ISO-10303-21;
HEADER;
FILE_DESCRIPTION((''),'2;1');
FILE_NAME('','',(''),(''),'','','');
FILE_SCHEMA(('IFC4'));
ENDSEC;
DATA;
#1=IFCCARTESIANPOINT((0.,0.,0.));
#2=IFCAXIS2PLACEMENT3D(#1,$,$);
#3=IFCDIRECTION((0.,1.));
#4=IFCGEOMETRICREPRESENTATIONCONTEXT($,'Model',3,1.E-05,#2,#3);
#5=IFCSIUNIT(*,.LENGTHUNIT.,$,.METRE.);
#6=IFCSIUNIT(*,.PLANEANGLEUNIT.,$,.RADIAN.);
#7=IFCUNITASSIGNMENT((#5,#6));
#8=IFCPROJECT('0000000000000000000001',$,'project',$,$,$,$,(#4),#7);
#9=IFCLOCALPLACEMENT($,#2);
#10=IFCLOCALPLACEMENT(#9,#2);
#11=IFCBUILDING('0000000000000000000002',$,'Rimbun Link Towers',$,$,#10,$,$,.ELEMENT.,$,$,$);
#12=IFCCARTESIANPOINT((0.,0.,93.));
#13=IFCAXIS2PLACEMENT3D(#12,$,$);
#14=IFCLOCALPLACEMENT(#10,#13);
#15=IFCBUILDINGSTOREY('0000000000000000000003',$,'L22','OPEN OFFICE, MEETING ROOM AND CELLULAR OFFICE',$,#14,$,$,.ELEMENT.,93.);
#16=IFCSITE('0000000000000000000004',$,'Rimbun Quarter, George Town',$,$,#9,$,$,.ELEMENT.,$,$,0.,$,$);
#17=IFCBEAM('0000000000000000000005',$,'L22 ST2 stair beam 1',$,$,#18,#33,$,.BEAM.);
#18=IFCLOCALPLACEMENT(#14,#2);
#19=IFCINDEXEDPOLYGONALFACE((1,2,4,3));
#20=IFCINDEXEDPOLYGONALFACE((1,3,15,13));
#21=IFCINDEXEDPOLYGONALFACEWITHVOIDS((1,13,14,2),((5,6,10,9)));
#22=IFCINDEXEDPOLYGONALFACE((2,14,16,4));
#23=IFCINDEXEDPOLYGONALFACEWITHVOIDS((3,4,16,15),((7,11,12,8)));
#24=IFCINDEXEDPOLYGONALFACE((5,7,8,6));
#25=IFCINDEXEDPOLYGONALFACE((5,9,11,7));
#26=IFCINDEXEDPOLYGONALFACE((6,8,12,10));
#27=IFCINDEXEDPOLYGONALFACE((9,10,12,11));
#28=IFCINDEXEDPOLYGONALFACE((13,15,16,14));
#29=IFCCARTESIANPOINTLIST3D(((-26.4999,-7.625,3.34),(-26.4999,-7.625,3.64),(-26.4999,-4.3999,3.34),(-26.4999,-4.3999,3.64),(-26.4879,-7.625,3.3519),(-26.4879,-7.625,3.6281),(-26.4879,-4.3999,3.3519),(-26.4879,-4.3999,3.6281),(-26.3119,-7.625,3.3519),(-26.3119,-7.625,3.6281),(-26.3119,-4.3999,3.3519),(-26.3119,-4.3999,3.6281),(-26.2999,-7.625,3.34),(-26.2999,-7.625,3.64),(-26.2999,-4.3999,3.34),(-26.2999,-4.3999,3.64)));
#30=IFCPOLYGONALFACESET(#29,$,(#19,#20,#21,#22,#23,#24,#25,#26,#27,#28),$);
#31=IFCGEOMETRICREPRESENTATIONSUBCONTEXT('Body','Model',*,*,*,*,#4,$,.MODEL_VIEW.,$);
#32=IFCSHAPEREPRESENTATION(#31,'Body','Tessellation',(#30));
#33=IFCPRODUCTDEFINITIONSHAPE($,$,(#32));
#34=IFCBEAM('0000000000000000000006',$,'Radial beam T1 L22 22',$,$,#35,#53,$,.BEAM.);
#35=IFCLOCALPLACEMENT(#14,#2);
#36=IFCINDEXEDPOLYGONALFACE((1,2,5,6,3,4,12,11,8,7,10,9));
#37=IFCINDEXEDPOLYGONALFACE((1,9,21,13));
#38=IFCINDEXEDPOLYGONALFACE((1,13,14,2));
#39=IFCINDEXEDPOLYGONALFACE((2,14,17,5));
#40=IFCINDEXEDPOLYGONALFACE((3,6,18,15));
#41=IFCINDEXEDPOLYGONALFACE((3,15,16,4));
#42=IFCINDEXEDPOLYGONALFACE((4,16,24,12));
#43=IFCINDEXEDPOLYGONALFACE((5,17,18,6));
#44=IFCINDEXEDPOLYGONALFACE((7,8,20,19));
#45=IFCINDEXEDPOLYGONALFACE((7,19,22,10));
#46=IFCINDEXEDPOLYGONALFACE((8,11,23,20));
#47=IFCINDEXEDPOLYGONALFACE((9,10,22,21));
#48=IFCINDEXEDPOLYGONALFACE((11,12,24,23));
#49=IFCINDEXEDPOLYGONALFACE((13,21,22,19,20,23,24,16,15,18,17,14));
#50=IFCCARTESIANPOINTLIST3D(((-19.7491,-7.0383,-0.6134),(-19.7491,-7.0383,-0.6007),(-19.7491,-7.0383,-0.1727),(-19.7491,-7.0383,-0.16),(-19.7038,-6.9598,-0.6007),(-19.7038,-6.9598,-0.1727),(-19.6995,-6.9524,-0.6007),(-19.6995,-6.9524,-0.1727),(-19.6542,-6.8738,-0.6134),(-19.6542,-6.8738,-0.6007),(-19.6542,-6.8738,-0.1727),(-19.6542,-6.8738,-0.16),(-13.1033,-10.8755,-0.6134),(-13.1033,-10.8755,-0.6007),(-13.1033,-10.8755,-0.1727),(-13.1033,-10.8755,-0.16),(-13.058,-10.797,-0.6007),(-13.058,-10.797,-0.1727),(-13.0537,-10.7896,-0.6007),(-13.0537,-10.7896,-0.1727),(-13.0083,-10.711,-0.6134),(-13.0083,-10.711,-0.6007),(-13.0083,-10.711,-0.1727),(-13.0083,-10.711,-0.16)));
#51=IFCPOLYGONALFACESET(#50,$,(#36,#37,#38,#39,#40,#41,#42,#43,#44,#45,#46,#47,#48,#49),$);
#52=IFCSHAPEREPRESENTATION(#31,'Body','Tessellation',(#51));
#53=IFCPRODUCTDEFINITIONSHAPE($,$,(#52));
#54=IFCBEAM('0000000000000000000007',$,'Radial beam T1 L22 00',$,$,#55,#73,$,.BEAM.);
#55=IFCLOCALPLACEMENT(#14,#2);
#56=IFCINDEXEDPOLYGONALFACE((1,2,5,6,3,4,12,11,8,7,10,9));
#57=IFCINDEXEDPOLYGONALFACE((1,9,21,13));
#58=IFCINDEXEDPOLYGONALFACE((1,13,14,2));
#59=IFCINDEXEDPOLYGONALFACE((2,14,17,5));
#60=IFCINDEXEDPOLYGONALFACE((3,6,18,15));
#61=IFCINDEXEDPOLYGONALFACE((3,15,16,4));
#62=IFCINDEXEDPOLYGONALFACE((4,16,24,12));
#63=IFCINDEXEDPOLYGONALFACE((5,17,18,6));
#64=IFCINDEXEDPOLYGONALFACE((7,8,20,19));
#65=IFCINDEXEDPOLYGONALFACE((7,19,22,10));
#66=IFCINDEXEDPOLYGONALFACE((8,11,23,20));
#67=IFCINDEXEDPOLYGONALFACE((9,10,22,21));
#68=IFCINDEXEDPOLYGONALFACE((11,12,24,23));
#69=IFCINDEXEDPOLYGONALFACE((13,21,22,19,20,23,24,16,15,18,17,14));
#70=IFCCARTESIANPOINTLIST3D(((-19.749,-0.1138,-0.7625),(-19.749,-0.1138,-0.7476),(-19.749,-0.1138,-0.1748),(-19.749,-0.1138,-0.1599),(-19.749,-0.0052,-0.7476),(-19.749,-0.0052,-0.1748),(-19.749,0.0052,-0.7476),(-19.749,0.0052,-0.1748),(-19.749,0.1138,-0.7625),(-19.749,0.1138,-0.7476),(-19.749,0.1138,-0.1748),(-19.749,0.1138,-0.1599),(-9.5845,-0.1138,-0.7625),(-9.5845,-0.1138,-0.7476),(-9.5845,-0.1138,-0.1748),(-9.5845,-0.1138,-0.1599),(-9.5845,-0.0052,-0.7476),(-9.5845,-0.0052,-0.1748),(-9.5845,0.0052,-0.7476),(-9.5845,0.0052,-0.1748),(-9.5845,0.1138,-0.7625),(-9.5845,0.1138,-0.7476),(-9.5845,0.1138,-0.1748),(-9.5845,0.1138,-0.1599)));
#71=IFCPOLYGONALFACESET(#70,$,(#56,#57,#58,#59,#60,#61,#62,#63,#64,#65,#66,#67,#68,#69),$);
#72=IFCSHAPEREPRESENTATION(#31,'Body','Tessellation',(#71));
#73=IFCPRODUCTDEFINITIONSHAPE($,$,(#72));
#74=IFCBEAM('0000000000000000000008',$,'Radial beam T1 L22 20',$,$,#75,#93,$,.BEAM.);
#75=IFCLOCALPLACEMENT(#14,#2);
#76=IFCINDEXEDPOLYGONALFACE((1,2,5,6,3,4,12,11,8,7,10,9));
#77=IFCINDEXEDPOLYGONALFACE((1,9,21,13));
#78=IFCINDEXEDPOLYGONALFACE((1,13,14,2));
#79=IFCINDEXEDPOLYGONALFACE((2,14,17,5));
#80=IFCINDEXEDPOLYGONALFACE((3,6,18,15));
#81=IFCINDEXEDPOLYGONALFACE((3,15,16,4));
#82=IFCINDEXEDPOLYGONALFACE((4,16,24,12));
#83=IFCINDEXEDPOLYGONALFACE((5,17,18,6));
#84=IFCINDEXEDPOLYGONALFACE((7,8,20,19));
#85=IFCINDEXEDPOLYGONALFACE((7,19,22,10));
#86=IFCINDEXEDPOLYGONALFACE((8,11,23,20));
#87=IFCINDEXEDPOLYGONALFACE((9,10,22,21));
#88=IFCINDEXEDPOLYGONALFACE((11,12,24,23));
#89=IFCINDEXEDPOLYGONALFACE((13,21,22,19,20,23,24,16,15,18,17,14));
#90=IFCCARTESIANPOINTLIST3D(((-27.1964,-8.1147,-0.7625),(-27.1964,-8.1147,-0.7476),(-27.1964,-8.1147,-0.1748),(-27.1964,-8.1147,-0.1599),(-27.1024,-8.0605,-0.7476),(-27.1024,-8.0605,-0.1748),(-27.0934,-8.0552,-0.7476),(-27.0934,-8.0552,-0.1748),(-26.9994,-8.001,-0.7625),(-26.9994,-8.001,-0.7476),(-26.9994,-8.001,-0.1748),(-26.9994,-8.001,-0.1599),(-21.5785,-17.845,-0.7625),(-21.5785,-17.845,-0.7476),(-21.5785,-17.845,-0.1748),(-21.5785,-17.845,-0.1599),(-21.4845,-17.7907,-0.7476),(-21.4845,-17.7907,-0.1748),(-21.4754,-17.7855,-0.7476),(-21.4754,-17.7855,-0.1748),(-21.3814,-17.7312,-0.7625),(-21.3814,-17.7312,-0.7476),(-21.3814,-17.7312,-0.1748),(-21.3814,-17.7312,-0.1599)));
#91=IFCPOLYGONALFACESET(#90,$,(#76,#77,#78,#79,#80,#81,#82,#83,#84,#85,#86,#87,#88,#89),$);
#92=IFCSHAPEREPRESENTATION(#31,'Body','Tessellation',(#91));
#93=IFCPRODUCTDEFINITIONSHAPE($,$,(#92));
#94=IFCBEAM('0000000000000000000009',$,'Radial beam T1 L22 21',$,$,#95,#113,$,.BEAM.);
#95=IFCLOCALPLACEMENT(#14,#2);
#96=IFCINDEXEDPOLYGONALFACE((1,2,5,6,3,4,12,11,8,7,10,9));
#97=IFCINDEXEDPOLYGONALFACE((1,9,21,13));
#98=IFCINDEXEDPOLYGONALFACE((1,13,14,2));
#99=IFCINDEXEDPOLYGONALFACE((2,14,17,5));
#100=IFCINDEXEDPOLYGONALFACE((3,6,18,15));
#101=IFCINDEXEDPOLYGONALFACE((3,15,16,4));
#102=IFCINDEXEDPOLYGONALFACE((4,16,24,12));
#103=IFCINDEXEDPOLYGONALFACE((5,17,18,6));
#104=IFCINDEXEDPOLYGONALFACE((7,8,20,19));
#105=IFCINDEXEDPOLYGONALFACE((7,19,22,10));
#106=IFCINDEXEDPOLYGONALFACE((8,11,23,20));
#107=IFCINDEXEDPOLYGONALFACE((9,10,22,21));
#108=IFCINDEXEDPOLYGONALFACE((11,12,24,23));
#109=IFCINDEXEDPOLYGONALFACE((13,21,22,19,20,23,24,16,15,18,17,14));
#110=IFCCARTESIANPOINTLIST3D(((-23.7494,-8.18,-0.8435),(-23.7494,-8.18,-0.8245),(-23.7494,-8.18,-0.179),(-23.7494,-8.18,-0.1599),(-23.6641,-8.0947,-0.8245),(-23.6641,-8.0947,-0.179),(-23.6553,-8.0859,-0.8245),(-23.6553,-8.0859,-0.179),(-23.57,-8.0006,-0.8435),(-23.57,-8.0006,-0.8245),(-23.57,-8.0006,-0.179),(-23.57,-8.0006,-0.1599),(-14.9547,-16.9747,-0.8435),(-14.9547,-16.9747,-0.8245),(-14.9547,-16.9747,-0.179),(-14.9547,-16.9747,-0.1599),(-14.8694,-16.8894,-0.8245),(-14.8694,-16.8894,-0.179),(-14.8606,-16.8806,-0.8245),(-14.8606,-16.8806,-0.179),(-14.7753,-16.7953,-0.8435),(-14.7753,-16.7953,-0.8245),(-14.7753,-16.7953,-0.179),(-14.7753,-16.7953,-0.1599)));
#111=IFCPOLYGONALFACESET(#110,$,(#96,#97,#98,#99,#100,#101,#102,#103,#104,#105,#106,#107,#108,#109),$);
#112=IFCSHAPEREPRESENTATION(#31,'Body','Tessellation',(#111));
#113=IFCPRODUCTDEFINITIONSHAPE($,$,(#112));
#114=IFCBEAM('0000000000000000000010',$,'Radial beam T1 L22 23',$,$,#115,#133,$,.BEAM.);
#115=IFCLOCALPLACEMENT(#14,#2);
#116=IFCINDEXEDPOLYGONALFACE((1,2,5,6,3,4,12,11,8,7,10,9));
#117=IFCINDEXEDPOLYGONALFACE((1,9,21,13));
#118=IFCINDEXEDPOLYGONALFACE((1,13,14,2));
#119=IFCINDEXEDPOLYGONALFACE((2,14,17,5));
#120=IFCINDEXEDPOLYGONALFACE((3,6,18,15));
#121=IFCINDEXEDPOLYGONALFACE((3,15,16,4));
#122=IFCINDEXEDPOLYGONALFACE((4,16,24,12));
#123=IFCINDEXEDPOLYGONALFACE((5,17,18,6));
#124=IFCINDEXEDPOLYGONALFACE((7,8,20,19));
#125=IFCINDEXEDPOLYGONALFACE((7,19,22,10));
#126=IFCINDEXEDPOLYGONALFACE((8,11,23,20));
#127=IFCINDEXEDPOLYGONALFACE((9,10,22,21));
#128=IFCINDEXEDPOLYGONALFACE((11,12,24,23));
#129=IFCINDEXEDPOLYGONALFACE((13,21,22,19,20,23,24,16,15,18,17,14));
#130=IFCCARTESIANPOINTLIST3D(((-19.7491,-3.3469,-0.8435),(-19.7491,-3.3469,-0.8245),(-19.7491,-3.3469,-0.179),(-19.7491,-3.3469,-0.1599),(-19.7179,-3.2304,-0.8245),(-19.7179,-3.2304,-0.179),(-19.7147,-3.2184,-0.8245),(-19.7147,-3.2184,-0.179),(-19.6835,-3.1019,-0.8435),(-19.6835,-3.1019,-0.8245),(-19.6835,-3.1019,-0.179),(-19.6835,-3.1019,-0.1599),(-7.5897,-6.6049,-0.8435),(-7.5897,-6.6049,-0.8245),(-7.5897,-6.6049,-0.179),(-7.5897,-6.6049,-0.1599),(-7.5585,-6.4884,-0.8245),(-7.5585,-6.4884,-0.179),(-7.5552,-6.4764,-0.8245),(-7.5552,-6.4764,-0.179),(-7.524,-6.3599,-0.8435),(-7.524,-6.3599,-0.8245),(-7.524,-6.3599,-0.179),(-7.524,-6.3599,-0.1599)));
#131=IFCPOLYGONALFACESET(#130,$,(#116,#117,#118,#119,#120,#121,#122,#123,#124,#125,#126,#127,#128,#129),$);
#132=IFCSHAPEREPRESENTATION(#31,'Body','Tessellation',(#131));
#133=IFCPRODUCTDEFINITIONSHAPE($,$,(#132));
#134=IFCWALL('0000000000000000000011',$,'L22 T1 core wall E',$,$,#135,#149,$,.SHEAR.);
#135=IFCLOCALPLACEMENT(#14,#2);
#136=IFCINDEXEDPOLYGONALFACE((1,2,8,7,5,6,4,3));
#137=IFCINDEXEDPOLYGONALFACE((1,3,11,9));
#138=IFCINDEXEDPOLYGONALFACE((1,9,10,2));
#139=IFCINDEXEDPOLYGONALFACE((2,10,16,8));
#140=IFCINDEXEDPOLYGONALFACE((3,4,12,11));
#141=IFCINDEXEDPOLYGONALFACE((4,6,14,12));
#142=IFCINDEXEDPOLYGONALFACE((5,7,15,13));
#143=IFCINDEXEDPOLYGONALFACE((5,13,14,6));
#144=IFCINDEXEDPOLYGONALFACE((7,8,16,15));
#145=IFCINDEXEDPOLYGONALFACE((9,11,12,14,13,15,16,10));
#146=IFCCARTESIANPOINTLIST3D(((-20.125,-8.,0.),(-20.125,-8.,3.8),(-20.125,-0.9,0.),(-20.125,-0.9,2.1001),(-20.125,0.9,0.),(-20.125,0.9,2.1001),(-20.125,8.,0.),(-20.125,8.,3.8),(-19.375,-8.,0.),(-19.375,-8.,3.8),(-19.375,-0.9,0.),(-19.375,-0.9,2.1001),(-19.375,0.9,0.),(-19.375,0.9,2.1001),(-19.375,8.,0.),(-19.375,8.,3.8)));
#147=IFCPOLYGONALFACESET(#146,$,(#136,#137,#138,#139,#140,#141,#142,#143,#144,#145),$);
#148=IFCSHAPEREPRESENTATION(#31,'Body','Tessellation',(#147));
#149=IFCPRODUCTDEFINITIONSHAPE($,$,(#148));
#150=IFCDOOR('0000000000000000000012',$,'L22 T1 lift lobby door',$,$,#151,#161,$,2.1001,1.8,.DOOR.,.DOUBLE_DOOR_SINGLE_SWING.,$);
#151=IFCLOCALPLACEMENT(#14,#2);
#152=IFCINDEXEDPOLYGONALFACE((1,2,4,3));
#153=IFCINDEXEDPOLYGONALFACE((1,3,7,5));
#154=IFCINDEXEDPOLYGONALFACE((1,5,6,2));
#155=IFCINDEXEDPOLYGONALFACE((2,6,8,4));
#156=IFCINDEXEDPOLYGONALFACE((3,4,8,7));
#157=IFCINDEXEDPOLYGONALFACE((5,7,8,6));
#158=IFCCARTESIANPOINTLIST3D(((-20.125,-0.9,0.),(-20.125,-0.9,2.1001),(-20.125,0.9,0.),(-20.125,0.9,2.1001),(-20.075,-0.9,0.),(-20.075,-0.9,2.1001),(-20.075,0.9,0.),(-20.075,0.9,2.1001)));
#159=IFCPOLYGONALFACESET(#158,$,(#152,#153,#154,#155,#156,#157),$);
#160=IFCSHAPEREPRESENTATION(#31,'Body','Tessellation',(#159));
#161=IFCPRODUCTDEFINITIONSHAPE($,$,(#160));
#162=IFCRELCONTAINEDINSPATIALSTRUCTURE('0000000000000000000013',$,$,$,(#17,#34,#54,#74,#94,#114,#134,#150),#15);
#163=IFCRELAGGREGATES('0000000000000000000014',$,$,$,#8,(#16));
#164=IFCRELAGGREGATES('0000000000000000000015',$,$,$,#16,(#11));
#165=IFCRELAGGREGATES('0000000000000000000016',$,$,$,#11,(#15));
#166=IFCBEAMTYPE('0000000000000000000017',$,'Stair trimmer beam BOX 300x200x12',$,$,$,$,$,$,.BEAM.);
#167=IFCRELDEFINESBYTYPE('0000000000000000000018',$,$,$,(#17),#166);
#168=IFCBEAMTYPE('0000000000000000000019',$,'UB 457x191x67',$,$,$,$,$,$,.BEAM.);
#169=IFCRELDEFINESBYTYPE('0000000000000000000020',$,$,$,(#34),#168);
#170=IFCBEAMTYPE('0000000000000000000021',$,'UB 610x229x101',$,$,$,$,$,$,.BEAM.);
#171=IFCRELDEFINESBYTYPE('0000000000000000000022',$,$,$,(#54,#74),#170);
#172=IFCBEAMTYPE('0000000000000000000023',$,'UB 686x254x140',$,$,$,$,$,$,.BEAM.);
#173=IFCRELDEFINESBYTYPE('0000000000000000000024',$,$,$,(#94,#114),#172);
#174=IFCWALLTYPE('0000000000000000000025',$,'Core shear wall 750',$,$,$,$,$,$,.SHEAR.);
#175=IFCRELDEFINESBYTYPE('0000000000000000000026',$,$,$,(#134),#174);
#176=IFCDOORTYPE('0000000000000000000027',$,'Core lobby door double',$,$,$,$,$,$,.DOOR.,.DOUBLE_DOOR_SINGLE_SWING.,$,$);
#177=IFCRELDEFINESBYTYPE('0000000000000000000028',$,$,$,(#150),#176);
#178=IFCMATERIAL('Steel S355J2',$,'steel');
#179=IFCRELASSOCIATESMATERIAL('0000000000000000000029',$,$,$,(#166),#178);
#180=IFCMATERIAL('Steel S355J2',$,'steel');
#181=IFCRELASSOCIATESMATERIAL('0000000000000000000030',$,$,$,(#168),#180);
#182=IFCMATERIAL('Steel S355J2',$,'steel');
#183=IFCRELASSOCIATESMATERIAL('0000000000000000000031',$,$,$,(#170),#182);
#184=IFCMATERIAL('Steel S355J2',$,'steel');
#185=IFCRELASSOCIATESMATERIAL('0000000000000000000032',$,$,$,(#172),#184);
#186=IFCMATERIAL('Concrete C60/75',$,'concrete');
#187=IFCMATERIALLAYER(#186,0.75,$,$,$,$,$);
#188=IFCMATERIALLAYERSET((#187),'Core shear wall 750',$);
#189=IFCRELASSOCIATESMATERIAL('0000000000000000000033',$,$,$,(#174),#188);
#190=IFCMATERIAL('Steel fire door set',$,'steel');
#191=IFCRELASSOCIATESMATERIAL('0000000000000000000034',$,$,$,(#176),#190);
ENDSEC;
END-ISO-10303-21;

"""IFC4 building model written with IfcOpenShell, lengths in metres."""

from ifc_helpers import new_model, si_unit, direction, frame, frame_2d, origin, origin_2d, place, context, subcontext, project, spatial, rectangle, hollow_rectangle, i_section, extrude, material, layer, layer_set, material_profile, profile_set, type_object, element, fill, save


model = new_model("IFC4")

# Units and contexts
model_context = context("Model", 3, precision=1e-05, world=origin(), true_north=direction((0.0, 1.0)))
body_context = subcontext(model_context, "Body", "Model", "MODEL_VIEW")
ifc_project = project(units=[si_unit("LENGTHUNIT", "METRE"), si_unit("PLANEANGLEUNIT", "RADIAN")], contexts=[model_context])

# Site, building, storey
site_placement = place(None, origin())
site = spatial("IfcSite", under=ifc_project, at=site_placement, Name="Rimbun Quarter, George Town", CompositionType="ELEMENT", RefElevation=0.0)
building_placement = place(site_placement, origin())
building = spatial("IfcBuilding", under=site, at=building_placement, Name="Rimbun Link Towers", CompositionType="ELEMENT")
storey_placement = place(building_placement, frame((0.0, 0.0, 93.0)))
storey = spatial("IfcBuildingStorey", under=building, at=storey_placement, Name="L22", Description="OPEN OFFICE, MEETING ROOM AND CELLULAR OFFICE", CompositionType="ELEMENT", Elevation=93.0)

# Beams
ifc_material_1 = material(Name="Steel S355J2", Category="steel")
ifc_material_profile_1 = material_profile(ifc_material_1, hollow_rectangle(XDim=0.2, YDim=0.3, WallThickness=0.012, at=origin_2d()), Name="BOX 300x200x12")
ifc_profile_set_1 = profile_set([ifc_material_profile_1], Name="Steel S355J2")
beam_type_1 = type_object("IfcBeamType", Name="Stair trimmer beam BOX 300x200x12", PredefinedType="BEAM", material=ifc_profile_set_1)
beam_1_placement = place(storey_placement, frame((-26.3999, -7.625, 3.49), z_axis=(0.0, 1.0, 0.0), x_axis=(-1.0, 0.0, 0.0)))
element("IfcBeam", 1, at=beam_1_placement, inside=storey, type_object=beam_type_1, Name="L22 ST2 stair beam 1", PredefinedType="BEAM", context=body_context, shape_type="SweptSolid", body=[
    extrude(hollow_rectangle(XDim=0.2, YDim=0.3, WallThickness=0.012, at=origin_2d()), origin(), (0.0, 0.0, 1.0), 3.2251),
])
ifc_material_2 = material(Name="Steel S355J2", Category="steel")
ifc_material_profile_2 = material_profile(ifc_material_2, i_section(OverallWidth=0.1899, OverallDepth=0.4534, WebThickness=0.0085, FlangeThickness=0.0127, at=origin_2d()), Name="UB 457x191x67")
ifc_profile_set_2 = profile_set([ifc_material_profile_2], Name="Steel S355J2")
beam_type_2 = type_object("IfcBeamType", Name="UB 457x191x67", PredefinedType="BEAM", material=ifc_profile_set_2)
beam_2_placement = place(storey_placement, frame((-19.7017, -6.9561, -0.3867), z_axis=(0.866012, -0.500023, 0.0), x_axis=(0.500023, 0.866012, 0.0)))
element("IfcBeam", 2, at=beam_2_placement, inside=storey, type_object=beam_type_2, Name="Radial beam T1 L22 22", PredefinedType="BEAM", context=body_context, shape_type="SweptSolid", body=[
    extrude(i_section(OverallWidth=0.1899, OverallDepth=0.4534, WebThickness=0.0085, FlangeThickness=0.0127, at=origin_2d()), origin(), (0.0, 0.0, 1.0), 7.6741),
])
ifc_material_3 = material(Name="Steel S355J2", Category="steel")
ifc_material_profile_3 = material_profile(ifc_material_3, i_section(OverallWidth=0.2275, OverallDepth=0.6025, WebThickness=0.0105, FlangeThickness=0.0149, at=origin_2d()), Name="UB 610x229x101")
ifc_profile_set_3 = profile_set([ifc_material_profile_3], Name="Steel S355J2")
beam_type_3 = type_object("IfcBeamType", Name="UB 610x229x101", PredefinedType="BEAM", material=ifc_profile_set_3)
beam_3_placement = place(storey_placement, frame((-19.749, 0.0, -0.4612), z_axis=(1.0, 0.0, 0.0), x_axis=(0.0, 1.0, 0.0)))
element("IfcBeam", 3, at=beam_3_placement, inside=storey, type_object=beam_type_3, Name="Radial beam T1 L22 00", PredefinedType="BEAM", context=body_context, shape_type="SweptSolid", body=[
    extrude(i_section(OverallWidth=0.2275, OverallDepth=0.6025, WebThickness=0.0105, FlangeThickness=0.0149, at=origin_2d()), origin(), (0.0, 0.0, 1.0), 10.1646),
])
beam_4_placement = place(storey_placement, frame((-27.0979, -8.0579, -0.4612), z_axis=(0.500011, -0.866019, 0.0), x_axis=(0.866019, 0.500011, 0.0)))
element("IfcBeam", 4, at=beam_4_placement, inside=storey, type_object=beam_type_3, Name="Radial beam T1 L22 20", PredefinedType="BEAM", context=body_context, shape_type="SweptSolid", body=[
    extrude(i_section(OverallWidth=0.2275, OverallDepth=0.6025, WebThickness=0.0105, FlangeThickness=0.0149, at=origin_2d()), origin(), (0.0, 0.0, 1.0), 11.2356),
])
ifc_material_4 = material(Name="Steel S355J2", Category="steel")
ifc_material_profile_4 = material_profile(ifc_material_4, i_section(OverallWidth=0.2537, OverallDepth=0.6836, WebThickness=0.0125, FlangeThickness=0.019, at=origin_2d()), Name="UB 686x254x140")
ifc_profile_set_4 = profile_set([ifc_material_profile_4], Name="Steel S355J2")
beam_type_4 = type_object("IfcBeamType", Name="UB 686x254x140", PredefinedType="BEAM", material=ifc_profile_set_4)
beam_5_placement = place(storey_placement, frame((-23.6597, -8.0903, -0.5017), z_axis=(0.707107, -0.707107, 0.0), x_axis=(0.707107, 0.707107, 0.0)))
element("IfcBeam", 5, at=beam_5_placement, inside=storey, type_object=beam_type_4, Name="Radial beam T1 L22 21", PredefinedType="BEAM", context=body_context, shape_type="SweptSolid", body=[
    extrude(i_section(OverallWidth=0.2537, OverallDepth=0.6836, WebThickness=0.0125, FlangeThickness=0.019, at=origin_2d()), origin(), (0.0, 0.0, 1.0), 12.4375),
])
beam_6_placement = place(storey_placement, frame((-19.7163, -3.2244, -0.5017), z_axis=(0.965927, -0.258815, 0.0), x_axis=(0.258815, 0.965927, 0.0)))
element("IfcBeam", 6, at=beam_6_placement, inside=storey, type_object=beam_type_4, Name="Radial beam T1 L22 23", PredefinedType="BEAM", context=body_context, shape_type="SweptSolid", body=[
    extrude(i_section(OverallWidth=0.2537, OverallDepth=0.6836, WebThickness=0.0125, FlangeThickness=0.019, at=origin_2d()), origin(), (0.0, 0.0, 1.0), 12.5884),
])

# Wall, opening, door
ifc_material_5 = material(Name="Concrete C60/75", Category="concrete")
ifc_layer_1 = layer(ifc_material_5, 0.75)
ifc_layer_set_1 = layer_set([ifc_layer_1], Name="Core shear wall 750")
wall_type_1 = type_object("IfcWallType", Name="Core shear wall 750", PredefinedType="SHEAR", material=ifc_layer_set_1)
wall_1_placement = place(storey_placement, frame((-19.75, -8.0, 0.0), z_axis=(0.0, 0.0, 1.0), x_axis=(0.0, 1.0, 0.0)))
wall_1 = element("IfcWall", 7, at=wall_1_placement, inside=storey, type_object=wall_type_1, Name="L22 T1 core wall E", PredefinedType="SHEAR", context=body_context, shape_type="SweptSolid", body=[
    extrude(rectangle(XDim=16.0, YDim=0.75, at=frame_2d((8.0, 0.0))), origin(), (0.0, 0.0, 1.0), 3.8),
])
opening_1_placement = place(wall_1_placement, frame((7.1001, 0.0, 0.0)))
opening_1 = element("IfcOpeningElement", 8, at=opening_1_placement, cuts=wall_1, PredefinedType="OPENING", context=body_context, shape_type="SweptSolid", body=[
    extrude(rectangle(XDim=1.8, YDim=2.1001, at=frame_2d((0.8999, 1.05))), frame((0.0, 0.385, 0.0), z_axis=(0.0, -1.0, 0.0), x_axis=(1.0, 0.0, 0.0)), (0.0, 0.0, 1.0), 0.77),
])
ifc_material_6 = material(Name="Steel fire door set", Category="steel")
door_type_1 = type_object("IfcDoorType", Name="Core lobby door double", OperationType="DOUBLE_DOOR_SINGLE_SWING", PredefinedType="DOOR", material=ifc_material_6)
door_1_placement = place(opening_1_placement, origin())
door_1 = element("IfcDoor", 9, at=door_1_placement, inside=storey, type_object=door_type_1, Name="L22 T1 lift lobby door", OperationType="DOUBLE_DOOR_SINGLE_SWING", OverallHeight=2.1001, OverallWidth=1.8, PredefinedType="DOOR", context=body_context, shape_type="SweptSolid", body=[
    extrude(rectangle(XDim=1.8, YDim=2.1001, at=frame_2d((0.8999, 1.05))), frame((0.0, 0.375, 0.0), z_axis=(0.0, -1.0, 0.0), x_axis=(1.0, 0.0, 0.0)), (0.0, 0.0, 1.0), 0.05),
])
fill(opening_1, door_1)

save(model, "model.ifc")
